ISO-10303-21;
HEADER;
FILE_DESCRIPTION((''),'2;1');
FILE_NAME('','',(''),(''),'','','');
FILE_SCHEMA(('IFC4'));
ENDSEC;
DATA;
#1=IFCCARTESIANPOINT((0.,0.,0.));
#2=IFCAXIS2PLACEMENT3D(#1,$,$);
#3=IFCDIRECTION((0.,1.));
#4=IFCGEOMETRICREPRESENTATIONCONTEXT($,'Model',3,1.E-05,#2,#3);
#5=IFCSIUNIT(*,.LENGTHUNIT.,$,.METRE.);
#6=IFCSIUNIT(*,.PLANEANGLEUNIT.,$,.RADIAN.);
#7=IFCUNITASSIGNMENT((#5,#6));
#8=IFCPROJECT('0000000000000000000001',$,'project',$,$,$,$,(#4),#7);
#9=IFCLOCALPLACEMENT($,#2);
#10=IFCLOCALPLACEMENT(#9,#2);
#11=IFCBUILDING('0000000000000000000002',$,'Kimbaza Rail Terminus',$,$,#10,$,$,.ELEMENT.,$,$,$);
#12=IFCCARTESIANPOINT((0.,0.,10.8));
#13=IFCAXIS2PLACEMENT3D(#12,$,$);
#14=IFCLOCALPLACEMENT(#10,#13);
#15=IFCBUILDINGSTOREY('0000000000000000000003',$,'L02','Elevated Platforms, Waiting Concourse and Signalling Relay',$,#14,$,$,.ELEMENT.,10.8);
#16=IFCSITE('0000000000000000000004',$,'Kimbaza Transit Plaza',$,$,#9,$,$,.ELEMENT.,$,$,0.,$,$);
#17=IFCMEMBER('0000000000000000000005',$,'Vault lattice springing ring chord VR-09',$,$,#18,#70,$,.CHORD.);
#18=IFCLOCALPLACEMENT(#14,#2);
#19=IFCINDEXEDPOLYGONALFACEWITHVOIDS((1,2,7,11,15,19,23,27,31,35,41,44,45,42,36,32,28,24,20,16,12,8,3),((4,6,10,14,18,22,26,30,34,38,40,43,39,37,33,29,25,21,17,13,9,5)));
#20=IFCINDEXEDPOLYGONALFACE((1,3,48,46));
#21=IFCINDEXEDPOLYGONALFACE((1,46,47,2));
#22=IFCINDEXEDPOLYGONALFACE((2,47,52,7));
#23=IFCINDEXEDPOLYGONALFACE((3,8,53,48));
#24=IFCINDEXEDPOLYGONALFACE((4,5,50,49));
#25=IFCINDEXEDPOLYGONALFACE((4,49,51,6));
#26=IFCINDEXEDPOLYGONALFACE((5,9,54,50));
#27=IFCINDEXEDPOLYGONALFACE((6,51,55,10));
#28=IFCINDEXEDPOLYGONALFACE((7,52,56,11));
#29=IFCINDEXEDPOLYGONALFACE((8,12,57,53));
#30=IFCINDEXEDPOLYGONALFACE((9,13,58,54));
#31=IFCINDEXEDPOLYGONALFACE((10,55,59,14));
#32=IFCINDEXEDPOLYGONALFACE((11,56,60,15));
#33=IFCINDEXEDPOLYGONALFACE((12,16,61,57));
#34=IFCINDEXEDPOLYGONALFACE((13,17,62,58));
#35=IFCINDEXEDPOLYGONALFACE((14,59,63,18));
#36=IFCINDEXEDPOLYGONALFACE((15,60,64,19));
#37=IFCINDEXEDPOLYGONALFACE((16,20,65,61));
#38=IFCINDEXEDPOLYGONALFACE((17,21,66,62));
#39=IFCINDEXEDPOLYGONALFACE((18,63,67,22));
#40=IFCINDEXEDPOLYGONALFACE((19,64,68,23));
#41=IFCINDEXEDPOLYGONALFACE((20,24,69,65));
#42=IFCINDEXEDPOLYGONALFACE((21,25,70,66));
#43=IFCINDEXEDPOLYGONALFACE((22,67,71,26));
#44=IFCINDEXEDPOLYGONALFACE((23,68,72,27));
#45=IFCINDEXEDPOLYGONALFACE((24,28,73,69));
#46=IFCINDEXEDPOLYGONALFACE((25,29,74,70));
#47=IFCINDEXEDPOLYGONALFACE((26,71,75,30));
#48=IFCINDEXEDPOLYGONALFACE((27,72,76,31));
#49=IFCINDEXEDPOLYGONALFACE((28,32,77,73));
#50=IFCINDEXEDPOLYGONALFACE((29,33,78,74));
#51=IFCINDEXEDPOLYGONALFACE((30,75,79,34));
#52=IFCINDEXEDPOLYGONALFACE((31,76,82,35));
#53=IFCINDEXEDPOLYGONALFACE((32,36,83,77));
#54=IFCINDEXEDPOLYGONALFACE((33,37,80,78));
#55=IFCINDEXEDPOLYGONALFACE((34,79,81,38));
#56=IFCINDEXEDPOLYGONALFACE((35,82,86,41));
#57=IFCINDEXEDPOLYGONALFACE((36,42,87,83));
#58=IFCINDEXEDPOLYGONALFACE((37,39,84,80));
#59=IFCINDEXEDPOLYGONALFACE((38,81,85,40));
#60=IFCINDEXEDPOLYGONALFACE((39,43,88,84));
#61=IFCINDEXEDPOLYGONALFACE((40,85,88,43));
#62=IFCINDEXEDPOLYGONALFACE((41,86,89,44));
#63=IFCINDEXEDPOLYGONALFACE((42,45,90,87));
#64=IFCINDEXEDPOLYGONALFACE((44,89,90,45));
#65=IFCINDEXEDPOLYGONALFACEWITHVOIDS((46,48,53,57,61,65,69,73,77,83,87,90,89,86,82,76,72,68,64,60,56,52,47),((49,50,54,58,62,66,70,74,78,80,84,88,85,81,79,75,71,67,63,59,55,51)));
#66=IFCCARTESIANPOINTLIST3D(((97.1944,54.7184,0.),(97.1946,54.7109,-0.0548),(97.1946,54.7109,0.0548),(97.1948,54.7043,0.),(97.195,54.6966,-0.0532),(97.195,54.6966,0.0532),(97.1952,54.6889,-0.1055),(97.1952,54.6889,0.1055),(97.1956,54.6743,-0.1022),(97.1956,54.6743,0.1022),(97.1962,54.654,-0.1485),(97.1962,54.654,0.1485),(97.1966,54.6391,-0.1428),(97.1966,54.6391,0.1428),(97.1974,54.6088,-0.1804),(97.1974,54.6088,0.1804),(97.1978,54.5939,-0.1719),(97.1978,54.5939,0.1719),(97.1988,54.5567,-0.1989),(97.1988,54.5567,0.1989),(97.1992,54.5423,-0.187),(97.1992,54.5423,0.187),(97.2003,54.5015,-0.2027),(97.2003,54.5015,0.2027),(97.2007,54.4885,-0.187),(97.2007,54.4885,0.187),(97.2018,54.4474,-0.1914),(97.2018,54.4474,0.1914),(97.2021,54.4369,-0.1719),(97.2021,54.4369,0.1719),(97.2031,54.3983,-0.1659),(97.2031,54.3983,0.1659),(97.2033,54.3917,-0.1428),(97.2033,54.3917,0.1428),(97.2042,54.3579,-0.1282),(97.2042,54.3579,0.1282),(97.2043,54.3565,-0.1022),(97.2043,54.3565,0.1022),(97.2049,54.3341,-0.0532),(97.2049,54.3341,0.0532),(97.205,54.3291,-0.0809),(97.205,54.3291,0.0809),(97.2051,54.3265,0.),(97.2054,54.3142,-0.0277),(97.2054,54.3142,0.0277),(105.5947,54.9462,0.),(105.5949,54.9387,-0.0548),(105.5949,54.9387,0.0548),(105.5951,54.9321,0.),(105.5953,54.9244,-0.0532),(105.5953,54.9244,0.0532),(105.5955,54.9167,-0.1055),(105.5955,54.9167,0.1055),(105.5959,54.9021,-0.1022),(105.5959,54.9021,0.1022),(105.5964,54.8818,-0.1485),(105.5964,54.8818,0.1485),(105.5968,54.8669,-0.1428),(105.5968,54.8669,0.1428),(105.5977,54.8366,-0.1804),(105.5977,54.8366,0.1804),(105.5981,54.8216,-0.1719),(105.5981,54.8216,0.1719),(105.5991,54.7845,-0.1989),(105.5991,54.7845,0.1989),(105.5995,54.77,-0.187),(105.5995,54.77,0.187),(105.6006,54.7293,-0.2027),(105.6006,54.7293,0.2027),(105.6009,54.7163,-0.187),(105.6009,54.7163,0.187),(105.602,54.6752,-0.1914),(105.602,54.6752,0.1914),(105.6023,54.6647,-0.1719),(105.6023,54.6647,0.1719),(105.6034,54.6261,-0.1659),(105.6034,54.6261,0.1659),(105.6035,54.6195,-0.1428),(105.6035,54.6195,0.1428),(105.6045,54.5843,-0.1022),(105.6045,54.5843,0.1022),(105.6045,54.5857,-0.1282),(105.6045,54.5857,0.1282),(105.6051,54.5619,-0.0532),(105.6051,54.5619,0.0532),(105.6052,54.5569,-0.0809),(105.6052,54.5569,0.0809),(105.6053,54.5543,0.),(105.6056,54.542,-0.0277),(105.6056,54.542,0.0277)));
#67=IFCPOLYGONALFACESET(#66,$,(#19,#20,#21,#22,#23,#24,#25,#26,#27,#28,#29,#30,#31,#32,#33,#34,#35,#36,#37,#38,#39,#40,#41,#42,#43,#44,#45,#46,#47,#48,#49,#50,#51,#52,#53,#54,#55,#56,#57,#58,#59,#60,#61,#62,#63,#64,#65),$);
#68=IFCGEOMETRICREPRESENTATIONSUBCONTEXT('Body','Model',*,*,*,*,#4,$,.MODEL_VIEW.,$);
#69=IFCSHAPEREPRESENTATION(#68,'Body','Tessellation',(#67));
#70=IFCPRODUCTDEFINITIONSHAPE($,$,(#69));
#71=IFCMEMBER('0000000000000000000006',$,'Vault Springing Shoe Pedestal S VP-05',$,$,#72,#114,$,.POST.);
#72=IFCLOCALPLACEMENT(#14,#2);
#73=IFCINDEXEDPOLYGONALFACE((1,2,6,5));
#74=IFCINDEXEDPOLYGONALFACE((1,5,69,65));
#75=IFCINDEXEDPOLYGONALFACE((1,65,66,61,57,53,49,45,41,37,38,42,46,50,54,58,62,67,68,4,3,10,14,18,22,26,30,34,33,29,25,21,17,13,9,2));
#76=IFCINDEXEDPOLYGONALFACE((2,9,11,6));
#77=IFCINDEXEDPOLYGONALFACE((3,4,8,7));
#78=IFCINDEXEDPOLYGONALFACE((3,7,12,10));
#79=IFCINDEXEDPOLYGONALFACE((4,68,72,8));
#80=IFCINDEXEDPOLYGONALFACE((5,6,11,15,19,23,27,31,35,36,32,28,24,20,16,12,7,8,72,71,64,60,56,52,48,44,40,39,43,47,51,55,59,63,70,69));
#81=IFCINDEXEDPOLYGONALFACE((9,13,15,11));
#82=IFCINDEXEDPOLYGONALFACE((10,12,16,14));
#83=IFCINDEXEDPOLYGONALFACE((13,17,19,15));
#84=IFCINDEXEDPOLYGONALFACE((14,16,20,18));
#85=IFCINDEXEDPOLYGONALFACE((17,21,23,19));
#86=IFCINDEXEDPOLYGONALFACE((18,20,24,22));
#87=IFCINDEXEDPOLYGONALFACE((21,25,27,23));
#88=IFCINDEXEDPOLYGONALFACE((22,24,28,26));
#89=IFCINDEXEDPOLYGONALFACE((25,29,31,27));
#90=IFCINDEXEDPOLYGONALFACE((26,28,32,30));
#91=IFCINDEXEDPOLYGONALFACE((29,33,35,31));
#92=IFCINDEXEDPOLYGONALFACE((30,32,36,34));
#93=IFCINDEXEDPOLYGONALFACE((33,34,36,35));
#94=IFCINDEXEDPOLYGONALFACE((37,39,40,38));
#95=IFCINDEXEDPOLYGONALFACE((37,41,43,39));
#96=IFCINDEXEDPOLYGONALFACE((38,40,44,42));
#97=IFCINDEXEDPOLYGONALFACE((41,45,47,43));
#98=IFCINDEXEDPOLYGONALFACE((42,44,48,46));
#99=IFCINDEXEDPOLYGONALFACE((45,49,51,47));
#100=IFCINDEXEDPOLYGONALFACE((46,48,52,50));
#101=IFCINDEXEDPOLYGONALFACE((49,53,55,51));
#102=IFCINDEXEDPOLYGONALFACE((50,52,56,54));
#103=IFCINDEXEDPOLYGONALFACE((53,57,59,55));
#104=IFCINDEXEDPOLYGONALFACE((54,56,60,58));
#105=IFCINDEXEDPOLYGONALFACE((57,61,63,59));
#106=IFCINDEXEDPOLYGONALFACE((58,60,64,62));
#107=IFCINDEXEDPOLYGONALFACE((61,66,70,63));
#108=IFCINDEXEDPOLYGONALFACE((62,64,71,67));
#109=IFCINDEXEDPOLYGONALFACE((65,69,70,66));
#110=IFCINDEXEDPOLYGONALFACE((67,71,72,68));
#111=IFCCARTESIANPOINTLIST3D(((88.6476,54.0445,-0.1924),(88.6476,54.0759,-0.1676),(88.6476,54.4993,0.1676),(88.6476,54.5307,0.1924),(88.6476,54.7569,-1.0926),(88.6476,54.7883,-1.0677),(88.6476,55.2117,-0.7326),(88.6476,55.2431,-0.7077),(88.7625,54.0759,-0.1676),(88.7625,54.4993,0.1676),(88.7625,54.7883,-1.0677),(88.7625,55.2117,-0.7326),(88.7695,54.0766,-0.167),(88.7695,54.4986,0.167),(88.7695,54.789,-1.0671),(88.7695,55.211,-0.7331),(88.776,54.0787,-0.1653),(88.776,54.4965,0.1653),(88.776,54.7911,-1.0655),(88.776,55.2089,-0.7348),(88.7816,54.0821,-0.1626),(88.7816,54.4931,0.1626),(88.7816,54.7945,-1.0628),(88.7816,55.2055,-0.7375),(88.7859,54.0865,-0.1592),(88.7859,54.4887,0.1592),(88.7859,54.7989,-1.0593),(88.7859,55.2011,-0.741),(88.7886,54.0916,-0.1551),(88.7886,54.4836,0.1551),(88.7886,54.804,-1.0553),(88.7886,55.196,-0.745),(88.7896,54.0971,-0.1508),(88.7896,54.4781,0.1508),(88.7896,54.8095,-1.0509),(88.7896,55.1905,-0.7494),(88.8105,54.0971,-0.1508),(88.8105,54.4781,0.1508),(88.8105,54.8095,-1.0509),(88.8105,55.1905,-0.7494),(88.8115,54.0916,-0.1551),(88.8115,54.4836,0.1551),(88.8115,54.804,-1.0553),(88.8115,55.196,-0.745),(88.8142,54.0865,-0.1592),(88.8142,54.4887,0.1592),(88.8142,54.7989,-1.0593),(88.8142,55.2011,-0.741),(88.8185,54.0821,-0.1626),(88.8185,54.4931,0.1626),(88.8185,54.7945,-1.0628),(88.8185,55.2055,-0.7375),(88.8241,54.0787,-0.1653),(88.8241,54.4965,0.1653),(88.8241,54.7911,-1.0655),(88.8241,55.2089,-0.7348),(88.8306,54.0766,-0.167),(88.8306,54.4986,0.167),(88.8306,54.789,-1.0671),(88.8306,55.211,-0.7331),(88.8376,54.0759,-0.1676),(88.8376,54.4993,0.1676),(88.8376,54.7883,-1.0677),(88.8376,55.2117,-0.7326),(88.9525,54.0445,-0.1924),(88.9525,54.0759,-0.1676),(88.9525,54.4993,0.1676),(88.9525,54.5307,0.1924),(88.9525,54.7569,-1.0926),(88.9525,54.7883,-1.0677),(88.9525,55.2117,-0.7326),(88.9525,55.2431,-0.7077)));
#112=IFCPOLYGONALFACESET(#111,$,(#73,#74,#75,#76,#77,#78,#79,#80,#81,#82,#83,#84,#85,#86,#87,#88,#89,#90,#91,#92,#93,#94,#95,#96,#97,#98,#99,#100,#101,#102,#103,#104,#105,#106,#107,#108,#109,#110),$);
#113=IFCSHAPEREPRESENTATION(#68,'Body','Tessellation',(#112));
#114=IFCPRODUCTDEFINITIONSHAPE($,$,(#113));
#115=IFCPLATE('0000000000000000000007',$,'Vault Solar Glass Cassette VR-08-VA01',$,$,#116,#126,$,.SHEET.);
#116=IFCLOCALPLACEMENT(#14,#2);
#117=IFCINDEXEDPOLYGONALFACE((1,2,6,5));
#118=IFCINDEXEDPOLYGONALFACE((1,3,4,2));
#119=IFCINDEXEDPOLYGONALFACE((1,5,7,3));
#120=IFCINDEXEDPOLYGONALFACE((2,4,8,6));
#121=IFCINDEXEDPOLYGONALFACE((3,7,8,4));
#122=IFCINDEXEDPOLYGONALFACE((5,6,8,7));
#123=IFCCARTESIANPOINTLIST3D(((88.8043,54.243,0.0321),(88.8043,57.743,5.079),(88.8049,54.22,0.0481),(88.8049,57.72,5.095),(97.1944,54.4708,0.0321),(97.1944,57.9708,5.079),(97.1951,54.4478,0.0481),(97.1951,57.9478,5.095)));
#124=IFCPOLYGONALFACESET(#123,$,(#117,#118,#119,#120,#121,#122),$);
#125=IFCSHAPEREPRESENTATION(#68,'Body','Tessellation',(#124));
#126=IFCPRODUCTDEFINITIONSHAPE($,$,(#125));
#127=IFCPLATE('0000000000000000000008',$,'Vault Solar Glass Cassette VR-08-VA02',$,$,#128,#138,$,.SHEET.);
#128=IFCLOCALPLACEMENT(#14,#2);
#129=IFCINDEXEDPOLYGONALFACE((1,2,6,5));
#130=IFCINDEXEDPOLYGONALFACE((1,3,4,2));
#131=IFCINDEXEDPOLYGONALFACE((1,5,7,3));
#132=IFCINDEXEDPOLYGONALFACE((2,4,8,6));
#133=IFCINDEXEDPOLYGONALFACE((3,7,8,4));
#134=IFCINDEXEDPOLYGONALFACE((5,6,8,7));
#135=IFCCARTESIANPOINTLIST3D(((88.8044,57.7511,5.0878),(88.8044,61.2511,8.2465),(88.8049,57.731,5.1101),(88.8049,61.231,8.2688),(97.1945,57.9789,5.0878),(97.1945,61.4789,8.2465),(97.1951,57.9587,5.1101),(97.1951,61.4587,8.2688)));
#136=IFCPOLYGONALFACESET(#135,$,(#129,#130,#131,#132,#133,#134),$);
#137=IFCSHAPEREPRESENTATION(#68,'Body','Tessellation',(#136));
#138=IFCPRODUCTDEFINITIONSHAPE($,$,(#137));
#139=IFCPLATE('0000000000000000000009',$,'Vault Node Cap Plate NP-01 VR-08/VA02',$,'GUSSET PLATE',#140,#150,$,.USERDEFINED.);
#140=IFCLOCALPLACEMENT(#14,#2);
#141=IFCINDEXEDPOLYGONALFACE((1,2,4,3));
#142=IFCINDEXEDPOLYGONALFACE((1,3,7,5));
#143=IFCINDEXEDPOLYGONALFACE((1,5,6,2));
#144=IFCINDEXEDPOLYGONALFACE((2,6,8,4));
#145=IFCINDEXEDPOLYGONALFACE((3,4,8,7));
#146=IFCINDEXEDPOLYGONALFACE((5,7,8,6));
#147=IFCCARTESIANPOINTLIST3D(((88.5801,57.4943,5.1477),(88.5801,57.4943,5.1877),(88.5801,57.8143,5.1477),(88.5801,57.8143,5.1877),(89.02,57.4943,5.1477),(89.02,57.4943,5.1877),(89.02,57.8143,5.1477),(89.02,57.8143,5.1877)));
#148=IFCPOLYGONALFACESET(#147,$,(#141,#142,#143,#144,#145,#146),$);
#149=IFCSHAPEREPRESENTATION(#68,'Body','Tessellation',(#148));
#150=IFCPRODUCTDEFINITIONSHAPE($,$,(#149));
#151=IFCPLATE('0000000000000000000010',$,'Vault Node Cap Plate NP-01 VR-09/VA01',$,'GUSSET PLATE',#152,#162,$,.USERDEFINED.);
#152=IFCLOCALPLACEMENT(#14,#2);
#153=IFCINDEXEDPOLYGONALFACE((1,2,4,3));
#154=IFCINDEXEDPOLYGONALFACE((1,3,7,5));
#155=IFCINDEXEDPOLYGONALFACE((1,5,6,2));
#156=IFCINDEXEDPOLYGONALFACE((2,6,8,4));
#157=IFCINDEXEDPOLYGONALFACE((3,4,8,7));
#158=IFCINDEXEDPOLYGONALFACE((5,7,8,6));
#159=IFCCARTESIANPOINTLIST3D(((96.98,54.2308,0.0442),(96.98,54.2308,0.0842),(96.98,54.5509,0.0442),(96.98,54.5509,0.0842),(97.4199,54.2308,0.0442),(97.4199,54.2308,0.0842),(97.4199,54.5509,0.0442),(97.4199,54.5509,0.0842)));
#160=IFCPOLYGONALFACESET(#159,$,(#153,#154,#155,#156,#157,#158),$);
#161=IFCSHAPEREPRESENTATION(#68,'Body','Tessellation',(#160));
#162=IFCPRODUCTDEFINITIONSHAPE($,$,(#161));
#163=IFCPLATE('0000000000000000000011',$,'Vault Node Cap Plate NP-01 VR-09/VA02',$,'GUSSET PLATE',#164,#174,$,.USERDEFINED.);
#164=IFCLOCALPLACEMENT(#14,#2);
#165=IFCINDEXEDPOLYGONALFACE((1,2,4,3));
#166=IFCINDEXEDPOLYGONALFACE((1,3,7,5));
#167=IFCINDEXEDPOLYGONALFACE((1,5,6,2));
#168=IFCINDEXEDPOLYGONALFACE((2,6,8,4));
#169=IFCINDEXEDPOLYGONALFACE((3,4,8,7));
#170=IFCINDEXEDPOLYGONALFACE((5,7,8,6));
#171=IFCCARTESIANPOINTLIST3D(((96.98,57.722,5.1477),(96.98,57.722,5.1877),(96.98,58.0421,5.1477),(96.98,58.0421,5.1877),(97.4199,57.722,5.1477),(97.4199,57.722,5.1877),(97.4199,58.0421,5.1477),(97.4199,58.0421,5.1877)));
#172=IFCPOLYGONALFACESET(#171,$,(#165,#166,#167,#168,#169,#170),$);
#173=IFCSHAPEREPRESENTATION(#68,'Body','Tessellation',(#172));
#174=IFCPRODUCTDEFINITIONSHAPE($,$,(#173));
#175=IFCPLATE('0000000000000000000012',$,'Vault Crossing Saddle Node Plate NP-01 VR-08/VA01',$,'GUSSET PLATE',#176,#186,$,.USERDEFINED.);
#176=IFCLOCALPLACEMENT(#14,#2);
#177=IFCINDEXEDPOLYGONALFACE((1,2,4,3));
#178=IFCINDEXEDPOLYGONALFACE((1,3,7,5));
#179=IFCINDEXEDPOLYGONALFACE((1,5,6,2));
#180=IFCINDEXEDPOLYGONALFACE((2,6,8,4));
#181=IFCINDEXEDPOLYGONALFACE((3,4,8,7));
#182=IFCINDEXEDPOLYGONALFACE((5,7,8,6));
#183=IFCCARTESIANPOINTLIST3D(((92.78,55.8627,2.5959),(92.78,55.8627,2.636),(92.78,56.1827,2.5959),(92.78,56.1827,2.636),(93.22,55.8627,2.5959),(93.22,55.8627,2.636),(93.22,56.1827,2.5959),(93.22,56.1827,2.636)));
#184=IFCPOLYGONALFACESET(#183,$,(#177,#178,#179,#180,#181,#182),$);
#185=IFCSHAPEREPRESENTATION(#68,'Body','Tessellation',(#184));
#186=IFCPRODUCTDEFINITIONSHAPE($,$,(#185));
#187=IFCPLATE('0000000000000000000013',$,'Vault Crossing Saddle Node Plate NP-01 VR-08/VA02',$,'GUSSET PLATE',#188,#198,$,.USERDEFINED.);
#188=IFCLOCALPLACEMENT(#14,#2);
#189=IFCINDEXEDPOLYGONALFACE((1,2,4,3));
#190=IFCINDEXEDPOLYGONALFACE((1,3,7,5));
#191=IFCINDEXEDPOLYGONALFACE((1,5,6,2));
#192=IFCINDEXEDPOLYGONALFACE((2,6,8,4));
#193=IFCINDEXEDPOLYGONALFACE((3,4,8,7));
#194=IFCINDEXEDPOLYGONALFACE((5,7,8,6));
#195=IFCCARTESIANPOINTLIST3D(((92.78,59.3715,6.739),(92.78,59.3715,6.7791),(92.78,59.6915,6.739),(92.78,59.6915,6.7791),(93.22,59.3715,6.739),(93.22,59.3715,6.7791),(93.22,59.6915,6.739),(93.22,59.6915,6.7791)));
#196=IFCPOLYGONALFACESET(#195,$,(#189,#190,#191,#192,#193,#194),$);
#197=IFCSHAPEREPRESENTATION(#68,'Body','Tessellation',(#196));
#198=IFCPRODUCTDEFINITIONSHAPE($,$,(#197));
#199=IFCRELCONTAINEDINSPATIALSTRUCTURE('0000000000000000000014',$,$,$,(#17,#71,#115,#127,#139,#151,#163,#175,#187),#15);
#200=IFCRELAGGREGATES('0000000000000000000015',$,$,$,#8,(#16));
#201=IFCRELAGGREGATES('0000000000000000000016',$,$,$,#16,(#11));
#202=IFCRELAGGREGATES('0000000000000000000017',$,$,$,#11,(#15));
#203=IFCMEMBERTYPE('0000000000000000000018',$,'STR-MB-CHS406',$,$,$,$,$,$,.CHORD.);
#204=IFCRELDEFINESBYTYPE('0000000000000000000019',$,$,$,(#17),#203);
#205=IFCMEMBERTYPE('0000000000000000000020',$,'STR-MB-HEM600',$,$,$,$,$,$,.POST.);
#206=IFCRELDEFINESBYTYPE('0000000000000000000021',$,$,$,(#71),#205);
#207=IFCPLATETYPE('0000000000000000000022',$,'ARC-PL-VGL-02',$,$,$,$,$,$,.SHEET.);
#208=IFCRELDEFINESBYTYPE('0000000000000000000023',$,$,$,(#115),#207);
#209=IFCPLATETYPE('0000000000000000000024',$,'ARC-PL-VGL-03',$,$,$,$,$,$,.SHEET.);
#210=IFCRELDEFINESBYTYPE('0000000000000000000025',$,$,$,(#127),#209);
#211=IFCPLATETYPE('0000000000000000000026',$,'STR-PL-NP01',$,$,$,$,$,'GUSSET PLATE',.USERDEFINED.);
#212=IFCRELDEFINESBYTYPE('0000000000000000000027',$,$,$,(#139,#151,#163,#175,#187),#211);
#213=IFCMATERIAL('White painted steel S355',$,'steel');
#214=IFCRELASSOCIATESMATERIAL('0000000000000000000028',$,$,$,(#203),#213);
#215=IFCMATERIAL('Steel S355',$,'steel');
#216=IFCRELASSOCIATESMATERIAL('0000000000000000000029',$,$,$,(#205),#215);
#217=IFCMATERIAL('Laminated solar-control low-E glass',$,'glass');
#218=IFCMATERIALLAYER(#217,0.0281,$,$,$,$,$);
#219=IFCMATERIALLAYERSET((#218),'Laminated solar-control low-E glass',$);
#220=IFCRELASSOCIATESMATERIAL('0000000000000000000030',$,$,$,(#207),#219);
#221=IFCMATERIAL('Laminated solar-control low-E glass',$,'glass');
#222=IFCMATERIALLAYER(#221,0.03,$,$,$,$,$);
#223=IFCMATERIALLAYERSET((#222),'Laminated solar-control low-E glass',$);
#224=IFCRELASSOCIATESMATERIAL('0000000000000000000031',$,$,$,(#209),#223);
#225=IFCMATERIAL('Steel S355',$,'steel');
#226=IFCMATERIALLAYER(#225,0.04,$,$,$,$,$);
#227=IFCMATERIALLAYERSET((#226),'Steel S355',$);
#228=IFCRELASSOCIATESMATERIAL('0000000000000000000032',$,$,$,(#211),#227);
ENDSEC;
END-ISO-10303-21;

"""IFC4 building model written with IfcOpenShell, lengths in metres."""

from ifc_helpers import new_model, si_unit, direction, frame, origin, origin_2d, place, context, subcontext, project, spatial, polyline, rectangle, hollow_circle, i_section, outline, extrude, material, layer, layer_set, material_profile, profile_set, type_object, element, save


model = new_model("IFC4")

# Units and contexts
model_context = context("Model", 3, precision=1e-05, world=origin(), true_north=direction((0.0, 1.0)))
body_context = subcontext(model_context, "Body", "Model", "MODEL_VIEW")
ifc_project = project(units=[si_unit("LENGTHUNIT", "METRE"), si_unit("PLANEANGLEUNIT", "RADIAN")], contexts=[model_context])

# Site, building, storey
site_placement = place(None, origin())
site = spatial("IfcSite", under=ifc_project, at=site_placement, Name="Kimbaza Transit Plaza", CompositionType="ELEMENT", RefElevation=0.0)
building_placement = place(site_placement, origin())
building = spatial("IfcBuilding", under=site, at=building_placement, Name="Kimbaza Rail Terminus", CompositionType="ELEMENT")
storey_placement = place(building_placement, frame((0.0, 0.0, 10.8)))
storey = spatial("IfcBuildingStorey", under=building, at=storey_placement, Name="L02", Description="Elevated Platforms, Waiting Concourse and Signalling Relay", CompositionType="ELEMENT", Elevation=10.8)

# Members
ifc_material_1 = material(Name="White painted steel S355", Category="steel")
ifc_material_profile_1 = material_profile(ifc_material_1, hollow_circle(Radius=0.2031, WallThickness=0.0142, at=origin_2d()), Name="CHS 406.4x14.2")
ifc_profile_set_1 = profile_set([ifc_material_profile_1], Name="White painted steel S355")
member_type_1 = type_object("IfcMemberType", Name="STR-MB-CHS406", PredefinedType="CHORD", material=ifc_profile_set_1)
member_1_placement = place(storey_placement, frame((97.2, 54.5154, 0.0), z_axis=(0.999633, 0.027107, 0.0), x_axis=(-0.027107, 0.999633, 0.0)))
element("IfcMember", 1, at=member_1_placement, inside=storey, type_object=member_type_1, Name="Vault lattice springing ring chord VR-09", PredefinedType="CHORD", context=body_context, shape_type="SweptSolid", body=[
    extrude(hollow_circle(Radius=0.2031, WallThickness=0.0142, at=origin_2d()), origin(), (0.0, 0.0, 1.0), 8.4033),
])
ifc_material_2 = material(Name="Steel S355", Category="steel")
ifc_material_profile_2 = material_profile(ifc_material_2, i_section(OverallWidth=0.3049, OverallDepth=0.6201, WebThickness=0.021, FlangeThickness=0.04, FilletRadius=0.0271, at=origin_2d()), Name="HEM 600")
ifc_profile_set_2 = profile_set([ifc_material_profile_2], Name="Steel S355")
member_type_2 = type_object("IfcMemberType", Name="STR-MB-HEM600", PredefinedType="POST", material=ifc_profile_set_2)
member_2_placement = place(storey_placement, frame((88.8, 55.0, -0.9001), z_axis=(0.0, -0.620589, 0.784136), x_axis=(1.0, 0.0, 0.0)))
element("IfcMember", 2, at=member_2_placement, inside=storey, type_object=member_type_2, Name="Vault Springing Shoe Pedestal S VP-05", PredefinedType="POST", context=body_context, shape_type="SweptSolid", body=[
    extrude(i_section(OverallWidth=0.3049, OverallDepth=0.6201, WebThickness=0.021, FlangeThickness=0.04, FilletRadius=0.0271, at=origin_2d()), origin(), (0.0, 0.0, 1.0), 1.1479),
])

# Plates
ifc_material_3 = material(Name="Laminated solar-control low-E glass", Category="glass")
ifc_layer_1 = layer(ifc_material_3, 0.0281)
ifc_layer_set_1 = layer_set([ifc_layer_1], Name="Laminated solar-control low-E glass")
plate_type_1 = type_object("IfcPlateType", Name="ARC-PL-VGL-02", PredefinedType="SHEET", material=ifc_layer_set_1)
plate_1_placement = place(storey_placement, frame((88.8049, 54.22, 0.0481), z_axis=(0.022304, -0.82153, 0.569729), x_axis=(0.999632, 0.027139, 0.0)))
element("IfcPlate", 3, at=plate_1_placement, inside=storey, type_object=plate_type_1, Name="Vault Solar Glass Cassette VR-08-VA01", PredefinedType="SHEET", context=body_context, shape_type="SweptSolid", body=[
    extrude(outline(polyline([(0.0, 0.0), (8.3932, 0.0), (8.4882, 6.141), (0.095, 6.141), (0.0, 0.0)])), origin(), (0.0, 0.0, -1.0), 0.0281),
])
ifc_material_4 = material(Name="Laminated solar-control low-E glass", Category="glass")
ifc_layer_2 = layer(ifc_material_4, 0.03)
ifc_layer_set_2 = layer_set([ifc_layer_2], Name="Laminated solar-control low-E glass")
plate_type_2 = type_object("IfcPlateType", Name="ARC-PL-VGL-03", PredefinedType="SHEET", material=ifc_layer_set_2)
plate_2_placement = place(storey_placement, frame((88.8049, 57.731, 5.1101), z_axis=(0.018186, -0.669872, 0.742254), x_axis=(0.999632, 0.027139, 0.0)))
element("IfcPlate", 4, at=plate_2_placement, inside=storey, type_object=plate_type_2, Name="Vault Solar Glass Cassette VR-08-VA02", PredefinedType="SHEET", context=body_context, shape_type="SweptSolid", body=[
    extrude(outline(polyline([(0.0, 0.0), (8.3932, 0.0), (8.4882, 4.7136), (0.095, 4.7136), (0.0, 0.0)])), origin(), (0.0, 0.0, -1.0), 0.03),
])
ifc_material_5 = material(Name="Steel S355", Category="steel")
ifc_layer_3 = layer(ifc_material_5, 0.04)
ifc_layer_set_3 = layer_set([ifc_layer_3], Name="Steel S355")
plate_type_3 = type_object("IfcPlateType", Name="STR-PL-NP01", ElementType="GUSSET PLATE", PredefinedType="USERDEFINED", material=ifc_layer_set_3)
for number, where, z_axis, x_axis, name in (
    (5, (88.8, 57.6543, 5.1477), (0.0, 0.0, 1.0), (1.0, 0.0, 0.0), "Vault Node Cap Plate NP-01 VR-08/VA02"),
    (6, (97.2, 54.3909, 0.0442), (0.0, 0.0, 1.0), (1.0, 0.0, 0.0), "Vault Node Cap Plate NP-01 VR-09/VA01"),
    (7, (97.2, 57.8821, 5.1477), (0.0, 0.0, 1.0), (1.0, 0.0, 0.0), "Vault Node Cap Plate NP-01 VR-09/VA02"),
    (8, (93.0, 56.0227, 2.5959), (0.0, 0.0, 1.0), (1.0, 0.0, 0.0), "Vault Crossing Saddle Node Plate NP-01 VR-08/VA01"),
    (9, (93.0, 59.5315, 6.739), (0.0, 0.0, 1.0), (1.0, 0.0, 0.0), "Vault Crossing Saddle Node Plate NP-01 VR-08/VA02"),
):
    element("IfcPlate", number, at=place(storey_placement, frame(where, z_axis=z_axis, x_axis=x_axis)), inside=storey, type_object=plate_type_3, Name=name, ObjectType="GUSSET PLATE", PredefinedType="USERDEFINED", context=body_context, shape_type="SweptSolid", body=[
        extrude(rectangle(XDim=0.4399, YDim=0.3201, at=origin_2d()), origin(), (0.0, 0.0, 1.0), 0.04),
    ])

save(model, "model.ifc")
